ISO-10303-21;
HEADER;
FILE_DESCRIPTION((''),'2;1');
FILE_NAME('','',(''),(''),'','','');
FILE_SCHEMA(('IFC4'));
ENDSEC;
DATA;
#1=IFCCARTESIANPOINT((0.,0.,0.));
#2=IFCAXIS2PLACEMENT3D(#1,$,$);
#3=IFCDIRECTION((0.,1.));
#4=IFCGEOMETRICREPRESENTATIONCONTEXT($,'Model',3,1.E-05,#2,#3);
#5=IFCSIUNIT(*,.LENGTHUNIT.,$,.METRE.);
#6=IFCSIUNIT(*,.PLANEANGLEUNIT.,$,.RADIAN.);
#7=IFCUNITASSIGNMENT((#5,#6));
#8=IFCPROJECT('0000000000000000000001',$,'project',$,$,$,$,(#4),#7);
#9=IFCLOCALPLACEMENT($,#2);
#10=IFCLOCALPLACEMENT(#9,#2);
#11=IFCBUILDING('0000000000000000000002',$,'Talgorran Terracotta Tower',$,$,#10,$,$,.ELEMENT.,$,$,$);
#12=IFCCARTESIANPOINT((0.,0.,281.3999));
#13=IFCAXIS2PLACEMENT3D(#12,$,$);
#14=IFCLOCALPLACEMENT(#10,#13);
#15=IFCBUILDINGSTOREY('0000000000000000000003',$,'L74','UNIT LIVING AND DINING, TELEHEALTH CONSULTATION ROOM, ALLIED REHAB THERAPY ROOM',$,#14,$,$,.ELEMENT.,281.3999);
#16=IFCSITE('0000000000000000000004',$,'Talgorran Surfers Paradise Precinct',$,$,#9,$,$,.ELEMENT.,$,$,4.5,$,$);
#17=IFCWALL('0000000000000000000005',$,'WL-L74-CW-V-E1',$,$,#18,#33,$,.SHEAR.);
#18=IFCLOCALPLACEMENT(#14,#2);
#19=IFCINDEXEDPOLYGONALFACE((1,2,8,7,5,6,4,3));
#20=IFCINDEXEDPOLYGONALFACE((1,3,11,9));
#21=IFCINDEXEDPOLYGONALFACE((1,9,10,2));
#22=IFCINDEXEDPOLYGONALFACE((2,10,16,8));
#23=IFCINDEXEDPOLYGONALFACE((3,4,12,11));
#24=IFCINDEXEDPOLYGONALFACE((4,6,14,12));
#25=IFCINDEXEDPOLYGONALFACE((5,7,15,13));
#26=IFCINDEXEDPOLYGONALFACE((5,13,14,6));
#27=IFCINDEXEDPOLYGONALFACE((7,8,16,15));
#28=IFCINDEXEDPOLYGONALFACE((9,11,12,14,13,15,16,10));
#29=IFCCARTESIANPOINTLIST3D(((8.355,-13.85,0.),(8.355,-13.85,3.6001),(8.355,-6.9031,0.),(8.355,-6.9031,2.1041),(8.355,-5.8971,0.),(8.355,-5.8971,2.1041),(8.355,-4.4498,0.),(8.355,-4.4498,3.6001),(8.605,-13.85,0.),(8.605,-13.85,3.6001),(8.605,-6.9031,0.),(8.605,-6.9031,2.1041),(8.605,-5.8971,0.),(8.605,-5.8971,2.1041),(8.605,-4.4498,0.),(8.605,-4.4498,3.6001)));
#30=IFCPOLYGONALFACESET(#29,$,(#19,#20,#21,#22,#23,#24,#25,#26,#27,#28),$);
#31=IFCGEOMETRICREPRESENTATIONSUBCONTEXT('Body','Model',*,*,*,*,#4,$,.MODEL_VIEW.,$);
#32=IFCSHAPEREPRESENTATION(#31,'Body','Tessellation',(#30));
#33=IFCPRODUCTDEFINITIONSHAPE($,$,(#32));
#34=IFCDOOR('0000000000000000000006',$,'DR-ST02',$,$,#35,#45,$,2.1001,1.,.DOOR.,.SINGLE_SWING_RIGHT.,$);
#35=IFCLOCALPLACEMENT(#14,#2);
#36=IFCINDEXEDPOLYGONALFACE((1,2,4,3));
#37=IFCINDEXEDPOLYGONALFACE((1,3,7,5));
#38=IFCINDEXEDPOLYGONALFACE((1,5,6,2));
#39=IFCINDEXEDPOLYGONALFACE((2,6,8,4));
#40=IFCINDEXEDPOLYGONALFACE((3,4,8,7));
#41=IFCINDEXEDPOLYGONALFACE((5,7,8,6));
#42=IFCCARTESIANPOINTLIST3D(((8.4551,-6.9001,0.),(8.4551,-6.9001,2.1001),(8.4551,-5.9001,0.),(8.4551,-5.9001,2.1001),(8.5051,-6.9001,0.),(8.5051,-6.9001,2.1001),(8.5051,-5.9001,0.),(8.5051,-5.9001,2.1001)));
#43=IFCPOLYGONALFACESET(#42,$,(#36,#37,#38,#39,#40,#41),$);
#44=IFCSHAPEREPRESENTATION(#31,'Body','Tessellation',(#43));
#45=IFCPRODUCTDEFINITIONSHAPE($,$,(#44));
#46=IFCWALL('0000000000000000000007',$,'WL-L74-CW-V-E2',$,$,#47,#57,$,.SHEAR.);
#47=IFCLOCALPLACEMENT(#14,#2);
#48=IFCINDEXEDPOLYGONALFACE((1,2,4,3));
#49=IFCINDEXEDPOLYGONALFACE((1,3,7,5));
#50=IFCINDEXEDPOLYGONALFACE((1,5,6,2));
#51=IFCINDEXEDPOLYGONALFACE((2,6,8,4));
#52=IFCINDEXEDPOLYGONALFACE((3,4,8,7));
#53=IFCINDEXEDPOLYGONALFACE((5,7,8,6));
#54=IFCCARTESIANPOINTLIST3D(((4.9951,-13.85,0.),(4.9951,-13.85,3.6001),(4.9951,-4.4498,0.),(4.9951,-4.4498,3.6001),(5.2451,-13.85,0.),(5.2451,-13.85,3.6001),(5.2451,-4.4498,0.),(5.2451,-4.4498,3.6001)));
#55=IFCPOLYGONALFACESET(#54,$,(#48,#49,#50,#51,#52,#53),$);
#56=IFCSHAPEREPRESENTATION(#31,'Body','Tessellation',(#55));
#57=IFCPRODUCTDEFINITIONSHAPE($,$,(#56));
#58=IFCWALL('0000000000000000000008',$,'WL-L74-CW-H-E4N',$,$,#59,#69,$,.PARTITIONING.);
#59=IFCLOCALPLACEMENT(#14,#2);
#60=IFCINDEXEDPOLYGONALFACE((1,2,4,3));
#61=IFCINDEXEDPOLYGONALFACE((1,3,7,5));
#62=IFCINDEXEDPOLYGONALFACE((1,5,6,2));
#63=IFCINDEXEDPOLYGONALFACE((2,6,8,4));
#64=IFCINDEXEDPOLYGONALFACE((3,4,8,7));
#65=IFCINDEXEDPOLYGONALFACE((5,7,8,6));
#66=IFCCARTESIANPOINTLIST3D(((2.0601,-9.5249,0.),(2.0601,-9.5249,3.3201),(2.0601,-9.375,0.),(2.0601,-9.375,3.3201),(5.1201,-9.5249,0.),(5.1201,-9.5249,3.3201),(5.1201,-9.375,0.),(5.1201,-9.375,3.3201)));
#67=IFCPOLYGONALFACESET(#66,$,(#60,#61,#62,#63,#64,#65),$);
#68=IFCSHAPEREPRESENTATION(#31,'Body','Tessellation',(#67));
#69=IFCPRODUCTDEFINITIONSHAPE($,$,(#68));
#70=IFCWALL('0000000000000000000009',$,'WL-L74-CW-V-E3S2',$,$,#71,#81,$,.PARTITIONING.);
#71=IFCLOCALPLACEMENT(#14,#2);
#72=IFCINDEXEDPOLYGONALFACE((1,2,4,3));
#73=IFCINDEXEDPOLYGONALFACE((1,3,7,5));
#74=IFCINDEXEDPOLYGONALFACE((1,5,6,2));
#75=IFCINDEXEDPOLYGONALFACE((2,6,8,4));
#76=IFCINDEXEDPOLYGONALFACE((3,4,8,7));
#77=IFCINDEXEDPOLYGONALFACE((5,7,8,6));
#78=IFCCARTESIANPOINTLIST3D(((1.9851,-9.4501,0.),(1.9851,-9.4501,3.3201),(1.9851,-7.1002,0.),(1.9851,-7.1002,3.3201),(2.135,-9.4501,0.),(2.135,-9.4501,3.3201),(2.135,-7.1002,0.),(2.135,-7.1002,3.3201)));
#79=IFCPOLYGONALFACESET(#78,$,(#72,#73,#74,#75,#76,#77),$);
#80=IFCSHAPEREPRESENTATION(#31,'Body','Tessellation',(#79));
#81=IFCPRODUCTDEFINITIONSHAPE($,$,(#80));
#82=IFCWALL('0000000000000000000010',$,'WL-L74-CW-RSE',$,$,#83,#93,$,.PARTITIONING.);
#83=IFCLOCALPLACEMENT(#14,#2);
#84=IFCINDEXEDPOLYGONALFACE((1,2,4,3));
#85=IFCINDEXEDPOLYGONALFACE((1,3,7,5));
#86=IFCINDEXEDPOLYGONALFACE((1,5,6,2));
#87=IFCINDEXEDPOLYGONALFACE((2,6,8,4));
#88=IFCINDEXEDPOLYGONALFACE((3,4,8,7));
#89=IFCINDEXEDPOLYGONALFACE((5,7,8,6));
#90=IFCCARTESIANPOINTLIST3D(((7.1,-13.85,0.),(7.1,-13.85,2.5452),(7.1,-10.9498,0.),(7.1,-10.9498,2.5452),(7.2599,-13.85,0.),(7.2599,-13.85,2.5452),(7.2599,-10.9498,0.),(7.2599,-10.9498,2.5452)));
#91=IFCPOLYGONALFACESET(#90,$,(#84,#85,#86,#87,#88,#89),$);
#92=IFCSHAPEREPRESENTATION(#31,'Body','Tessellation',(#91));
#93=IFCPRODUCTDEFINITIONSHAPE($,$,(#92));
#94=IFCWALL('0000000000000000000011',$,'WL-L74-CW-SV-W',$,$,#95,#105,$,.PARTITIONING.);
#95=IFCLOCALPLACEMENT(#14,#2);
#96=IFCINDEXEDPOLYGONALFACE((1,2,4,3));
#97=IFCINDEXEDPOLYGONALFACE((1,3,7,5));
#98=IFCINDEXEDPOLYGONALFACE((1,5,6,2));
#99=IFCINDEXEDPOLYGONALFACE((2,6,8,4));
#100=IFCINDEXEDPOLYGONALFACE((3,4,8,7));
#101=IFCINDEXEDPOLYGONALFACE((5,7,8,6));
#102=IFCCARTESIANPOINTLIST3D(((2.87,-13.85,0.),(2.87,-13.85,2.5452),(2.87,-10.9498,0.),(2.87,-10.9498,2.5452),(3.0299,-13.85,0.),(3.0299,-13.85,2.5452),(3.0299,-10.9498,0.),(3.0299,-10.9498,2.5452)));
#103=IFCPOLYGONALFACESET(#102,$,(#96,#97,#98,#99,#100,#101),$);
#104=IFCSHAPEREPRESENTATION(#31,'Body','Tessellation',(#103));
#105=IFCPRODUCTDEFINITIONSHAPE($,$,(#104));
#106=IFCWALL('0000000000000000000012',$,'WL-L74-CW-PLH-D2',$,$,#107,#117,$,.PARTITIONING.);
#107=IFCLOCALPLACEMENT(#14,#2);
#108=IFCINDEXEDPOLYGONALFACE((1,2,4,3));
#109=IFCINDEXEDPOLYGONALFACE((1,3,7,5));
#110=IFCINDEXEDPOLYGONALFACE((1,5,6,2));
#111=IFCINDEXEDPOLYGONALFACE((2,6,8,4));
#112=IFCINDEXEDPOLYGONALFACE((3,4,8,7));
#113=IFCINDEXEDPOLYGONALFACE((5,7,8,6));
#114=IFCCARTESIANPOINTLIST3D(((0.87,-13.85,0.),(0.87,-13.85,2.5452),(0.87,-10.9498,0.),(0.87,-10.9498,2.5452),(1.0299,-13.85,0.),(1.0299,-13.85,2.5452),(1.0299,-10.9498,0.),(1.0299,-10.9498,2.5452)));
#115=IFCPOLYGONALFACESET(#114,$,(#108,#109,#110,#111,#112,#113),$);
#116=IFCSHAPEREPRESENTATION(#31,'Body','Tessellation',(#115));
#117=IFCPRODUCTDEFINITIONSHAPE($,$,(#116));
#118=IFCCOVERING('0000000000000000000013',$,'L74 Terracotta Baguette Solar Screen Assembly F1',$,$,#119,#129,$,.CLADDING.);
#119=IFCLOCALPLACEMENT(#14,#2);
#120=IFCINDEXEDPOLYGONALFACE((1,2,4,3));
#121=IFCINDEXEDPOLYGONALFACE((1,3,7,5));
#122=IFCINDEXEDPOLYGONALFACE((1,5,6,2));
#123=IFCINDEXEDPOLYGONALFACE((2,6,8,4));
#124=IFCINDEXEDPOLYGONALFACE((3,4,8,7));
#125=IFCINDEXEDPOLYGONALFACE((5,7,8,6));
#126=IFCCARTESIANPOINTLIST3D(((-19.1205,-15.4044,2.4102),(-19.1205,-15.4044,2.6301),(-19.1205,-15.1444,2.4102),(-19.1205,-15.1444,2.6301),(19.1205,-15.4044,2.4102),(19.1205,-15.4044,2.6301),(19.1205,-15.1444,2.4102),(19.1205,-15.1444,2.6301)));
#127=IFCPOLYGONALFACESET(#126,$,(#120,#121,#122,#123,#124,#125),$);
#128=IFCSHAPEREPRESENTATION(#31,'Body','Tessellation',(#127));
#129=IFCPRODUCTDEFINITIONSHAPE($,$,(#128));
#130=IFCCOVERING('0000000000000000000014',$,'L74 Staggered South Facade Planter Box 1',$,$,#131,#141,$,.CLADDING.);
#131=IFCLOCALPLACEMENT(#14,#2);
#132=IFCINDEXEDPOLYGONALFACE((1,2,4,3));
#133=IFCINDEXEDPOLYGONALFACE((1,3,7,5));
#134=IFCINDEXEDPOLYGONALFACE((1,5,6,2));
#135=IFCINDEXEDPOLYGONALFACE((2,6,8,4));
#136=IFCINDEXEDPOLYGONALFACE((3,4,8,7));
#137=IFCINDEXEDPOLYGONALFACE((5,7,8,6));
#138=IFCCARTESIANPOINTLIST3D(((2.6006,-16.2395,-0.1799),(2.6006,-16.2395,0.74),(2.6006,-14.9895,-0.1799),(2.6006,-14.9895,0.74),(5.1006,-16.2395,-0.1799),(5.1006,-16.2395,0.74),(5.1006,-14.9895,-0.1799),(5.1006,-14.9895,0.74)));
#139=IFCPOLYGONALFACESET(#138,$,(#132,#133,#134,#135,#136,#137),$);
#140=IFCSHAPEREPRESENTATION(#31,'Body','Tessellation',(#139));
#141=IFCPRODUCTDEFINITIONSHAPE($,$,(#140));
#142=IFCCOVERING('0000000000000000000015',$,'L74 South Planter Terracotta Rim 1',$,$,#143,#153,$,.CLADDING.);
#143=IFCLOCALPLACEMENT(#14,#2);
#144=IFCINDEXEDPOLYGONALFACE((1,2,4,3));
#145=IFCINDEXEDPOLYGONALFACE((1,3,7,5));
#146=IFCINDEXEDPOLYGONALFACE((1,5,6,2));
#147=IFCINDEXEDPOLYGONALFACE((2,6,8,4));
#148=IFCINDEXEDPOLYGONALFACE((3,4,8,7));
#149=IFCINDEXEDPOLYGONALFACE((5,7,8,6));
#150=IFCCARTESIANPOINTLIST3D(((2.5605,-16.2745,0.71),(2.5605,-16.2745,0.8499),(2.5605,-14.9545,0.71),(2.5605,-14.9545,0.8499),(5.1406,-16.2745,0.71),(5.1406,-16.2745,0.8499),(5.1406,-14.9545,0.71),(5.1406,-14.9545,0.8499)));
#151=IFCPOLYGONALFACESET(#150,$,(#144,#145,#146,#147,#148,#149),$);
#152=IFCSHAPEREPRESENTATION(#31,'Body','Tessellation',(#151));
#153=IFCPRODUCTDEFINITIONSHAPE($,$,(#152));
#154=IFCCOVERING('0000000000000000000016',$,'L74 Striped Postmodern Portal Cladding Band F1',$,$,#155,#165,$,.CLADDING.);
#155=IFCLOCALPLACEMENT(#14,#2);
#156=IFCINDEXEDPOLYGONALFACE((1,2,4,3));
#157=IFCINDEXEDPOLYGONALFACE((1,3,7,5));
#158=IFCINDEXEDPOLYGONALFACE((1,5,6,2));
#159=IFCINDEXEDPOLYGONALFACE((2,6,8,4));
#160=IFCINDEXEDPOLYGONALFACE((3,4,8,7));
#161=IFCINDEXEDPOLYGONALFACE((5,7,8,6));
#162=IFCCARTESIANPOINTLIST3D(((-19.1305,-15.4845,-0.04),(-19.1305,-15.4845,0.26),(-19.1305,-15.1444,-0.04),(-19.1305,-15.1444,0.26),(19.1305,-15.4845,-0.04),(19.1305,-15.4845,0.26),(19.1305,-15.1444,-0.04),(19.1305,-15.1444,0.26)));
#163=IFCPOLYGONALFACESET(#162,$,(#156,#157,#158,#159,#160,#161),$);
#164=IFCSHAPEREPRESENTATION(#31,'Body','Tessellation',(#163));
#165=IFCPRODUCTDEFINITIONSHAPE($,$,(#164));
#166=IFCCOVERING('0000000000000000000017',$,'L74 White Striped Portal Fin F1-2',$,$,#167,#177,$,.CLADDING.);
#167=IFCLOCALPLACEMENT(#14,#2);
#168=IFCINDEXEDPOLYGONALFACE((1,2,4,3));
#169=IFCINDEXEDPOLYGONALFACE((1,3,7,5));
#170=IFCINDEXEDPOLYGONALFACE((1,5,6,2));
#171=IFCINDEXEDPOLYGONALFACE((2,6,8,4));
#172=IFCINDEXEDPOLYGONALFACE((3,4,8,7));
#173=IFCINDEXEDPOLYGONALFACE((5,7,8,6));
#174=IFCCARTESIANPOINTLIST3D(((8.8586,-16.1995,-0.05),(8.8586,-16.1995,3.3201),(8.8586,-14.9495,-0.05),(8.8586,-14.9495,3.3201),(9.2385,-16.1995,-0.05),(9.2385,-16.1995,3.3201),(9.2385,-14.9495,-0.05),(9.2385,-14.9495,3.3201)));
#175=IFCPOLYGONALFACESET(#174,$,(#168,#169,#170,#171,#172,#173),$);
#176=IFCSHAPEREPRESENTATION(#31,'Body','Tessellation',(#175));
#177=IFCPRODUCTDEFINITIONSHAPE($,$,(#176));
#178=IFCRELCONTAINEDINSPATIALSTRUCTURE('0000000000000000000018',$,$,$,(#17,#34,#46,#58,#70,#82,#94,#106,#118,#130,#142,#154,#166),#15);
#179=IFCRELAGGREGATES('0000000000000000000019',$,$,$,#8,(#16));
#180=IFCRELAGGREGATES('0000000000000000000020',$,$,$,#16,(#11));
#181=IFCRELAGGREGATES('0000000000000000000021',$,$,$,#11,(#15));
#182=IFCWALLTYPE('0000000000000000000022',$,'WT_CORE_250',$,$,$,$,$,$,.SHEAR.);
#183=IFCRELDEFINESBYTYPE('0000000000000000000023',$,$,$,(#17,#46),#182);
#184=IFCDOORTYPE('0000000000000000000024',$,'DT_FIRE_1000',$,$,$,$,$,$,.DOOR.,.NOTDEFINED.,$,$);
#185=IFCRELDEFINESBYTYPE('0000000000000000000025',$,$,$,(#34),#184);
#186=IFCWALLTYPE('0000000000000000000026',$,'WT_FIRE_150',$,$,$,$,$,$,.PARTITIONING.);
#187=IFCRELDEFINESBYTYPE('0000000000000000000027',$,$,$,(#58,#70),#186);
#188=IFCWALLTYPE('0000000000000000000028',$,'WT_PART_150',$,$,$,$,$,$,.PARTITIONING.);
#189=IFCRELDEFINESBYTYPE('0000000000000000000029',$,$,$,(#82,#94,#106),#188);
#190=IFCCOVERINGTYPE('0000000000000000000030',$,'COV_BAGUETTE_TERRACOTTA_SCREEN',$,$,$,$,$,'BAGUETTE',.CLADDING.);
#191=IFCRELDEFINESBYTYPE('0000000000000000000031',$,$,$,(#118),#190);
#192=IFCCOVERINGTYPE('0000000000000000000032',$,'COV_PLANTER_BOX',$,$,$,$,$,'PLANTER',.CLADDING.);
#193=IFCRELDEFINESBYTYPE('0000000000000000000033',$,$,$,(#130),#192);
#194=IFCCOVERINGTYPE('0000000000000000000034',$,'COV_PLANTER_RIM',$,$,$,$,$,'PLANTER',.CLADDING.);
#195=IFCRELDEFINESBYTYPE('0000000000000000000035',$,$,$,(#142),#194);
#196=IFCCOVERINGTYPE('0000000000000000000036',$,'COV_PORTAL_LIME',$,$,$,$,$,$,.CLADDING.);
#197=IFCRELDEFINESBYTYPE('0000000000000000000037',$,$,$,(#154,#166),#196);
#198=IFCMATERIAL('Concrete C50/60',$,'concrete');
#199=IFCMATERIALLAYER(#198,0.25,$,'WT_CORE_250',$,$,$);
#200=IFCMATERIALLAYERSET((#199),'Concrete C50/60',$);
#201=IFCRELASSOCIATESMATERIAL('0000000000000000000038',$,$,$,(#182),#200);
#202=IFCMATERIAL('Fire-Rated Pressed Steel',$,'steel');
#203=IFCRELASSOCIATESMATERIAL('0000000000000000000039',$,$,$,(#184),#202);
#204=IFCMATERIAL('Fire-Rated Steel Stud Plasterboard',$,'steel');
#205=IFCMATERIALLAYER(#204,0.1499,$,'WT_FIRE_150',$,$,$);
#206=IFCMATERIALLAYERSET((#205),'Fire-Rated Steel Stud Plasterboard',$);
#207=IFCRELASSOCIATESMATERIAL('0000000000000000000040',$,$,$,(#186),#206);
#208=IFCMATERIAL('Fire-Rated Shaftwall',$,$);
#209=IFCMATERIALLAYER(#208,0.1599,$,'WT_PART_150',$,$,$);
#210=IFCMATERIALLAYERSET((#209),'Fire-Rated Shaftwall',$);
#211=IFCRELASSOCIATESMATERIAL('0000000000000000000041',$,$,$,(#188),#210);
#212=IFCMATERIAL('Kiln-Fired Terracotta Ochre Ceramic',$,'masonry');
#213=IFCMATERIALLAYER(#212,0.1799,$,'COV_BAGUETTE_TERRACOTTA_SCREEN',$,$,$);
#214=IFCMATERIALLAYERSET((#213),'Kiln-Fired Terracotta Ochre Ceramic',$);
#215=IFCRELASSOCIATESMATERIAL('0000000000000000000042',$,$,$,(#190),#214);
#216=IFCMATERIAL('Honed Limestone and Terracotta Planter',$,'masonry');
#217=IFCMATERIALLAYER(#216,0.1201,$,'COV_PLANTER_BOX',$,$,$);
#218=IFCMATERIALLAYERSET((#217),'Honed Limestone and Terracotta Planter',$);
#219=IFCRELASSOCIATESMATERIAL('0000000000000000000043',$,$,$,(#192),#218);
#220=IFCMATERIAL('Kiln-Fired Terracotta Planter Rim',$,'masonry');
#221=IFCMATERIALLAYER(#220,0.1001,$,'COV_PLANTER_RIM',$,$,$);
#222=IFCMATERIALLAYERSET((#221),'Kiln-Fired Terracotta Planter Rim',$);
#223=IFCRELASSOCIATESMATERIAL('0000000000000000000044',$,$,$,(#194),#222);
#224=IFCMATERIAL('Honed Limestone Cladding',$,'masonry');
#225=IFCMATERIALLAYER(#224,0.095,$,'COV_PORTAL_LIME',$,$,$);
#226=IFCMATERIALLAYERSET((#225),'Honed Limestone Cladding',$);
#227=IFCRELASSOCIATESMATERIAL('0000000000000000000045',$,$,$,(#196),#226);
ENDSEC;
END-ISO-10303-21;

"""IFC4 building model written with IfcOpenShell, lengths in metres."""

from ifc_helpers import new_model, si_unit, direction, frame, frame_2d, origin, origin_2d, place, context, subcontext, project, spatial, rectangle, extrude, material, layer, layer_set, type_object, element, fill, save


model = new_model("IFC4")

# Units and contexts
model_context = context("Model", 3, precision=1e-05, world=origin(), true_north=direction((0.0, 1.0)))
body_context = subcontext(model_context, "Body", "Model", "MODEL_VIEW")
ifc_project = project(units=[si_unit("LENGTHUNIT", "METRE"), si_unit("PLANEANGLEUNIT", "RADIAN")], contexts=[model_context])

# Site, building, storey
site_placement = place(None, origin())
site = spatial("IfcSite", under=ifc_project, at=site_placement, Name="Talgorran Surfers Paradise Precinct", CompositionType="ELEMENT", RefElevation=4.5)
building_placement = place(site_placement, origin())
building = spatial("IfcBuilding", under=site, at=building_placement, Name="Talgorran Terracotta Tower", CompositionType="ELEMENT")
storey_placement = place(building_placement, frame((0.0, 0.0, 281.3999)))
storey = spatial("IfcBuildingStorey", under=building, at=storey_placement, Name="L74", Description="UNIT LIVING AND DINING, TELEHEALTH CONSULTATION ROOM, ALLIED REHAB THERAPY ROOM", CompositionType="ELEMENT", Elevation=281.3999)

# Shared definitions
ifc_material_1 = material(Name="Concrete C50/60", Category="concrete")

# Shared definitions
ifc_material_2 = material(Name="Fire-Rated Pressed Steel", Category="steel")

# Wall, opening, door
ifc_layer_1 = layer(ifc_material_1, 0.25, Name="WT_CORE_250")
ifc_layer_set_1 = layer_set([ifc_layer_1], Name="Concrete C50/60")
wall_type_1 = type_object("IfcWallType", Name="WT_CORE_250", PredefinedType="SHEAR", material=ifc_layer_set_1)
wall_1_placement = place(storey_placement, frame((8.48, -13.8501, 0.0), z_axis=(0.0, 0.0, 1.0), x_axis=(0.0, 1.0, 0.0)))
wall_1 = element("IfcWall", 1, at=wall_1_placement, inside=storey, type_object=wall_type_1, Name="WL-L74-CW-V-E1", PredefinedType="SHEAR", context=body_context, shape_type="SweptSolid", body=[
    extrude(rectangle(XDim=9.4001, YDim=0.25, at=frame_2d((4.7002, 0.0))), origin(), (0.0, 0.0, 1.0), 3.6001),
])
opening_1_placement = place(wall_1_placement, frame((6.95, 0.0, 0.0)))
opening_1 = element("IfcOpeningElement", 2, at=opening_1_placement, cuts=wall_1, PredefinedType="OPENING", context=body_context, shape_type="SweptSolid", body=[
    extrude(rectangle(XDim=1.006, YDim=2.1041, at=frame_2d((0.5, 1.052))), frame((0.0, 0.135, 0.0), z_axis=(0.0, -1.0, 0.0), x_axis=(1.0, 0.0, 0.0)), (0.0, 0.0, 1.0), 0.27),
])
door_type_1 = type_object("IfcDoorType", Name="DT_FIRE_1000", OperationType="NOTDEFINED", PredefinedType="DOOR", material=ifc_material_2)
door_1_placement = place(opening_1_placement, origin())
door_1 = element("IfcDoor", 3, at=door_1_placement, inside=storey, type_object=door_type_1, Name="DR-ST02", OperationType="SINGLE_SWING_RIGHT", OverallHeight=2.1001, OverallWidth=1.0, PredefinedType="DOOR", context=body_context, shape_type="SweptSolid", body=[
    extrude(rectangle(XDim=1.0, YDim=2.1001, at=frame_2d((0.5, 1.05))), frame((0.0, 0.0249, 0.0), z_axis=(0.0, -1.0, 0.0), x_axis=(1.0, 0.0, 0.0)), (0.0, 0.0, 1.0), 0.05),
])
fill(opening_1, door_1)

# Walls
wall_2_placement = place(storey_placement, frame((5.1201, -13.8501, 0.0), z_axis=(0.0, 0.0, 1.0), x_axis=(0.0, 1.0, 0.0)))
element("IfcWall", 4, at=wall_2_placement, inside=storey, type_object=wall_type_1, Name="WL-L74-CW-V-E2", PredefinedType="SHEAR", context=body_context, shape_type="SweptSolid", body=[
    extrude(rectangle(XDim=9.4001, YDim=0.25, at=frame_2d((4.7002, 0.0))), origin(), (0.0, 0.0, 1.0), 3.6001),
])
ifc_material_3 = material(Name="Fire-Rated Steel Stud Plasterboard", Category="steel")
ifc_layer_2 = layer(ifc_material_3, 0.1499, Name="WT_FIRE_150")
ifc_layer_set_2 = layer_set([ifc_layer_2], Name="Fire-Rated Steel Stud Plasterboard")
wall_type_2 = type_object("IfcWallType", Name="WT_FIRE_150", PredefinedType="PARTITIONING", material=ifc_layer_set_2)
wall_3_placement = place(storey_placement, frame((2.0601, -9.45, 0.0), z_axis=(0.0, 0.0, 1.0), x_axis=(1.0, 0.0, 0.0)))
element("IfcWall", 5, at=wall_3_placement, inside=storey, type_object=wall_type_2, Name="WL-L74-CW-H-E4N", PredefinedType="PARTITIONING", context=body_context, shape_type="SweptSolid", body=[
    extrude(rectangle(XDim=3.0601, YDim=0.1499, at=frame_2d((1.53, 0.0))), origin(), (0.0, 0.0, 1.0), 3.3201),
])
wall_4_placement = place(storey_placement, frame((2.0601, -9.45, 0.0), z_axis=(0.0, 0.0, 1.0), x_axis=(0.0, 1.0, 0.0)))
element("IfcWall", 6, at=wall_4_placement, inside=storey, type_object=wall_type_2, Name="WL-L74-CW-V-E3S2", PredefinedType="PARTITIONING", context=body_context, shape_type="SweptSolid", body=[
    extrude(rectangle(XDim=2.3499, YDim=0.1499, at=frame_2d((1.1748, 0.0))), origin(), (0.0, 0.0, 1.0), 3.3201),
])
ifc_material_4 = material(Name="Fire-Rated Shaftwall")
ifc_layer_3 = layer(ifc_material_4, 0.1599, Name="WT_PART_150")
ifc_layer_set_3 = layer_set([ifc_layer_3], Name="Fire-Rated Shaftwall")
wall_type_3 = type_object("IfcWallType", Name="WT_PART_150", PredefinedType="PARTITIONING", material=ifc_layer_set_3)
for number, where, z_axis, x_axis, name in (
    (7, (7.1799, -13.8501, 0.0), (0.0, 0.0, 1.0), (0.0, 1.0, 0.0), "WL-L74-CW-RSE"),
    (8, (2.95, -13.8501, 0.0), (0.0, 0.0, 1.0), (0.0, 1.0, 0.0), "WL-L74-CW-SV-W"),
    (9, (0.95, -13.8501, 0.0), (0.0, 0.0, 1.0), (0.0, 1.0, 0.0), "WL-L74-CW-PLH-D2"),
):
    element("IfcWall", number, at=place(storey_placement, frame(where, z_axis=z_axis, x_axis=x_axis)), inside=storey, type_object=wall_type_3, Name=name, PredefinedType="PARTITIONING", context=body_context, shape_type="SweptSolid", body=[
        extrude(rectangle(XDim=2.9001, YDim=0.1599, at=frame_2d((1.4502, 0.0))), origin(), (0.0, 0.0, 1.0), 2.5452),
    ])

# Coverings
ifc_material_5 = material(Name="Kiln-Fired Terracotta Ochre Ceramic", Category="masonry")
ifc_layer_4 = layer(ifc_material_5, 0.1799, Name="COV_BAGUETTE_TERRACOTTA_SCREEN")
ifc_layer_set_4 = layer_set([ifc_layer_4], Name="Kiln-Fired Terracotta Ochre Ceramic")
covering_type_1 = type_object("IfcCoveringType", Name="COV_BAGUETTE_TERRACOTTA_SCREEN", ElementType="BAGUETTE", PredefinedType="CLADDING", material=ifc_layer_set_4)
covering_1_placement = place(storey_placement, frame((0.0, -15.2744, 2.4102), z_axis=(0.0, 0.0, 1.0), x_axis=(1.0, 0.0, 0.0)))
element("IfcCovering", 10, at=covering_1_placement, inside=storey, type_object=covering_type_1, Name="L74 Terracotta Baguette Solar Screen Assembly F1", PredefinedType="CLADDING", context=body_context, shape_type="SweptSolid", body=[
    extrude(rectangle(XDim=38.241, YDim=0.26, at=origin_2d()), origin(), (0.0, 0.0, 1.0), 0.22),
])
ifc_material_6 = material(Name="Honed Limestone and Terracotta Planter", Category="masonry")
ifc_layer_5 = layer(ifc_material_6, 0.1201, Name="COV_PLANTER_BOX")
ifc_layer_set_5 = layer_set([ifc_layer_5], Name="Honed Limestone and Terracotta Planter")
covering_type_2 = type_object("IfcCoveringType", Name="COV_PLANTER_BOX", ElementType="PLANTER", PredefinedType="CLADDING", material=ifc_layer_set_5)
covering_2_placement = place(storey_placement, frame((3.8506, -15.6145, -0.1799), z_axis=(0.0, 0.0, 1.0), x_axis=(1.0, 0.0, 0.0)))
element("IfcCovering", 11, at=covering_2_placement, inside=storey, type_object=covering_type_2, Name="L74 Staggered South Facade Planter Box 1", PredefinedType="CLADDING", context=body_context, shape_type="SweptSolid", body=[
    extrude(rectangle(XDim=2.5, YDim=1.25, at=origin_2d()), origin(), (0.0, 0.0, 1.0), 0.9199),
])
ifc_material_7 = material(Name="Kiln-Fired Terracotta Planter Rim", Category="masonry")
ifc_layer_6 = layer(ifc_material_7, 0.1001, Name="COV_PLANTER_RIM")
ifc_layer_set_6 = layer_set([ifc_layer_6], Name="Kiln-Fired Terracotta Planter Rim")
covering_type_3 = type_object("IfcCoveringType", Name="COV_PLANTER_RIM", ElementType="PLANTER", PredefinedType="CLADDING", material=ifc_layer_set_6)
covering_3_placement = place(storey_placement, frame((3.8506, -15.6145, 0.71), z_axis=(0.0, 0.0, 1.0), x_axis=(1.0, 0.0, 0.0)))
element("IfcCovering", 12, at=covering_3_placement, inside=storey, type_object=covering_type_3, Name="L74 South Planter Terracotta Rim 1", PredefinedType="CLADDING", context=body_context, shape_type="SweptSolid", body=[
    extrude(rectangle(XDim=2.5801, YDim=1.3201, at=origin_2d()), origin(), (0.0, 0.0, 1.0), 0.1399),
])
ifc_material_8 = material(Name="Honed Limestone Cladding", Category="masonry")
ifc_layer_7 = layer(ifc_material_8, 0.095, Name="COV_PORTAL_LIME")
ifc_layer_set_7 = layer_set([ifc_layer_7], Name="Honed Limestone Cladding")
covering_type_4 = type_object("IfcCoveringType", Name="COV_PORTAL_LIME", PredefinedType="CLADDING", material=ifc_layer_set_7)
covering_4_placement = place(storey_placement, frame((0.0, -15.3145, -0.04), z_axis=(0.0, 0.0, 1.0), x_axis=(1.0, 0.0, 0.0)))
element("IfcCovering", 13, at=covering_4_placement, inside=storey, type_object=covering_type_4, Name="L74 Striped Postmodern Portal Cladding Band F1", PredefinedType="CLADDING", context=body_context, shape_type="SweptSolid", body=[
    extrude(rectangle(XDim=38.261, YDim=0.3401, at=origin_2d()), origin(), (0.0, 0.0, 1.0), 0.3),
])
covering_5_placement = place(storey_placement, frame((9.0486, -15.5745, -0.05), z_axis=(0.0, 0.0, 1.0), x_axis=(1.0, 0.0, 0.0)))
element("IfcCovering", 14, at=covering_5_placement, inside=storey, type_object=covering_type_4, Name="L74 White Striped Portal Fin F1-2", PredefinedType="CLADDING", context=body_context, shape_type="SweptSolid", body=[
    extrude(rectangle(XDim=0.3799, YDim=1.25, at=origin_2d()), origin(), (0.0, 0.0, 1.0), 3.3701),
])

save(model, "model.ifc")
